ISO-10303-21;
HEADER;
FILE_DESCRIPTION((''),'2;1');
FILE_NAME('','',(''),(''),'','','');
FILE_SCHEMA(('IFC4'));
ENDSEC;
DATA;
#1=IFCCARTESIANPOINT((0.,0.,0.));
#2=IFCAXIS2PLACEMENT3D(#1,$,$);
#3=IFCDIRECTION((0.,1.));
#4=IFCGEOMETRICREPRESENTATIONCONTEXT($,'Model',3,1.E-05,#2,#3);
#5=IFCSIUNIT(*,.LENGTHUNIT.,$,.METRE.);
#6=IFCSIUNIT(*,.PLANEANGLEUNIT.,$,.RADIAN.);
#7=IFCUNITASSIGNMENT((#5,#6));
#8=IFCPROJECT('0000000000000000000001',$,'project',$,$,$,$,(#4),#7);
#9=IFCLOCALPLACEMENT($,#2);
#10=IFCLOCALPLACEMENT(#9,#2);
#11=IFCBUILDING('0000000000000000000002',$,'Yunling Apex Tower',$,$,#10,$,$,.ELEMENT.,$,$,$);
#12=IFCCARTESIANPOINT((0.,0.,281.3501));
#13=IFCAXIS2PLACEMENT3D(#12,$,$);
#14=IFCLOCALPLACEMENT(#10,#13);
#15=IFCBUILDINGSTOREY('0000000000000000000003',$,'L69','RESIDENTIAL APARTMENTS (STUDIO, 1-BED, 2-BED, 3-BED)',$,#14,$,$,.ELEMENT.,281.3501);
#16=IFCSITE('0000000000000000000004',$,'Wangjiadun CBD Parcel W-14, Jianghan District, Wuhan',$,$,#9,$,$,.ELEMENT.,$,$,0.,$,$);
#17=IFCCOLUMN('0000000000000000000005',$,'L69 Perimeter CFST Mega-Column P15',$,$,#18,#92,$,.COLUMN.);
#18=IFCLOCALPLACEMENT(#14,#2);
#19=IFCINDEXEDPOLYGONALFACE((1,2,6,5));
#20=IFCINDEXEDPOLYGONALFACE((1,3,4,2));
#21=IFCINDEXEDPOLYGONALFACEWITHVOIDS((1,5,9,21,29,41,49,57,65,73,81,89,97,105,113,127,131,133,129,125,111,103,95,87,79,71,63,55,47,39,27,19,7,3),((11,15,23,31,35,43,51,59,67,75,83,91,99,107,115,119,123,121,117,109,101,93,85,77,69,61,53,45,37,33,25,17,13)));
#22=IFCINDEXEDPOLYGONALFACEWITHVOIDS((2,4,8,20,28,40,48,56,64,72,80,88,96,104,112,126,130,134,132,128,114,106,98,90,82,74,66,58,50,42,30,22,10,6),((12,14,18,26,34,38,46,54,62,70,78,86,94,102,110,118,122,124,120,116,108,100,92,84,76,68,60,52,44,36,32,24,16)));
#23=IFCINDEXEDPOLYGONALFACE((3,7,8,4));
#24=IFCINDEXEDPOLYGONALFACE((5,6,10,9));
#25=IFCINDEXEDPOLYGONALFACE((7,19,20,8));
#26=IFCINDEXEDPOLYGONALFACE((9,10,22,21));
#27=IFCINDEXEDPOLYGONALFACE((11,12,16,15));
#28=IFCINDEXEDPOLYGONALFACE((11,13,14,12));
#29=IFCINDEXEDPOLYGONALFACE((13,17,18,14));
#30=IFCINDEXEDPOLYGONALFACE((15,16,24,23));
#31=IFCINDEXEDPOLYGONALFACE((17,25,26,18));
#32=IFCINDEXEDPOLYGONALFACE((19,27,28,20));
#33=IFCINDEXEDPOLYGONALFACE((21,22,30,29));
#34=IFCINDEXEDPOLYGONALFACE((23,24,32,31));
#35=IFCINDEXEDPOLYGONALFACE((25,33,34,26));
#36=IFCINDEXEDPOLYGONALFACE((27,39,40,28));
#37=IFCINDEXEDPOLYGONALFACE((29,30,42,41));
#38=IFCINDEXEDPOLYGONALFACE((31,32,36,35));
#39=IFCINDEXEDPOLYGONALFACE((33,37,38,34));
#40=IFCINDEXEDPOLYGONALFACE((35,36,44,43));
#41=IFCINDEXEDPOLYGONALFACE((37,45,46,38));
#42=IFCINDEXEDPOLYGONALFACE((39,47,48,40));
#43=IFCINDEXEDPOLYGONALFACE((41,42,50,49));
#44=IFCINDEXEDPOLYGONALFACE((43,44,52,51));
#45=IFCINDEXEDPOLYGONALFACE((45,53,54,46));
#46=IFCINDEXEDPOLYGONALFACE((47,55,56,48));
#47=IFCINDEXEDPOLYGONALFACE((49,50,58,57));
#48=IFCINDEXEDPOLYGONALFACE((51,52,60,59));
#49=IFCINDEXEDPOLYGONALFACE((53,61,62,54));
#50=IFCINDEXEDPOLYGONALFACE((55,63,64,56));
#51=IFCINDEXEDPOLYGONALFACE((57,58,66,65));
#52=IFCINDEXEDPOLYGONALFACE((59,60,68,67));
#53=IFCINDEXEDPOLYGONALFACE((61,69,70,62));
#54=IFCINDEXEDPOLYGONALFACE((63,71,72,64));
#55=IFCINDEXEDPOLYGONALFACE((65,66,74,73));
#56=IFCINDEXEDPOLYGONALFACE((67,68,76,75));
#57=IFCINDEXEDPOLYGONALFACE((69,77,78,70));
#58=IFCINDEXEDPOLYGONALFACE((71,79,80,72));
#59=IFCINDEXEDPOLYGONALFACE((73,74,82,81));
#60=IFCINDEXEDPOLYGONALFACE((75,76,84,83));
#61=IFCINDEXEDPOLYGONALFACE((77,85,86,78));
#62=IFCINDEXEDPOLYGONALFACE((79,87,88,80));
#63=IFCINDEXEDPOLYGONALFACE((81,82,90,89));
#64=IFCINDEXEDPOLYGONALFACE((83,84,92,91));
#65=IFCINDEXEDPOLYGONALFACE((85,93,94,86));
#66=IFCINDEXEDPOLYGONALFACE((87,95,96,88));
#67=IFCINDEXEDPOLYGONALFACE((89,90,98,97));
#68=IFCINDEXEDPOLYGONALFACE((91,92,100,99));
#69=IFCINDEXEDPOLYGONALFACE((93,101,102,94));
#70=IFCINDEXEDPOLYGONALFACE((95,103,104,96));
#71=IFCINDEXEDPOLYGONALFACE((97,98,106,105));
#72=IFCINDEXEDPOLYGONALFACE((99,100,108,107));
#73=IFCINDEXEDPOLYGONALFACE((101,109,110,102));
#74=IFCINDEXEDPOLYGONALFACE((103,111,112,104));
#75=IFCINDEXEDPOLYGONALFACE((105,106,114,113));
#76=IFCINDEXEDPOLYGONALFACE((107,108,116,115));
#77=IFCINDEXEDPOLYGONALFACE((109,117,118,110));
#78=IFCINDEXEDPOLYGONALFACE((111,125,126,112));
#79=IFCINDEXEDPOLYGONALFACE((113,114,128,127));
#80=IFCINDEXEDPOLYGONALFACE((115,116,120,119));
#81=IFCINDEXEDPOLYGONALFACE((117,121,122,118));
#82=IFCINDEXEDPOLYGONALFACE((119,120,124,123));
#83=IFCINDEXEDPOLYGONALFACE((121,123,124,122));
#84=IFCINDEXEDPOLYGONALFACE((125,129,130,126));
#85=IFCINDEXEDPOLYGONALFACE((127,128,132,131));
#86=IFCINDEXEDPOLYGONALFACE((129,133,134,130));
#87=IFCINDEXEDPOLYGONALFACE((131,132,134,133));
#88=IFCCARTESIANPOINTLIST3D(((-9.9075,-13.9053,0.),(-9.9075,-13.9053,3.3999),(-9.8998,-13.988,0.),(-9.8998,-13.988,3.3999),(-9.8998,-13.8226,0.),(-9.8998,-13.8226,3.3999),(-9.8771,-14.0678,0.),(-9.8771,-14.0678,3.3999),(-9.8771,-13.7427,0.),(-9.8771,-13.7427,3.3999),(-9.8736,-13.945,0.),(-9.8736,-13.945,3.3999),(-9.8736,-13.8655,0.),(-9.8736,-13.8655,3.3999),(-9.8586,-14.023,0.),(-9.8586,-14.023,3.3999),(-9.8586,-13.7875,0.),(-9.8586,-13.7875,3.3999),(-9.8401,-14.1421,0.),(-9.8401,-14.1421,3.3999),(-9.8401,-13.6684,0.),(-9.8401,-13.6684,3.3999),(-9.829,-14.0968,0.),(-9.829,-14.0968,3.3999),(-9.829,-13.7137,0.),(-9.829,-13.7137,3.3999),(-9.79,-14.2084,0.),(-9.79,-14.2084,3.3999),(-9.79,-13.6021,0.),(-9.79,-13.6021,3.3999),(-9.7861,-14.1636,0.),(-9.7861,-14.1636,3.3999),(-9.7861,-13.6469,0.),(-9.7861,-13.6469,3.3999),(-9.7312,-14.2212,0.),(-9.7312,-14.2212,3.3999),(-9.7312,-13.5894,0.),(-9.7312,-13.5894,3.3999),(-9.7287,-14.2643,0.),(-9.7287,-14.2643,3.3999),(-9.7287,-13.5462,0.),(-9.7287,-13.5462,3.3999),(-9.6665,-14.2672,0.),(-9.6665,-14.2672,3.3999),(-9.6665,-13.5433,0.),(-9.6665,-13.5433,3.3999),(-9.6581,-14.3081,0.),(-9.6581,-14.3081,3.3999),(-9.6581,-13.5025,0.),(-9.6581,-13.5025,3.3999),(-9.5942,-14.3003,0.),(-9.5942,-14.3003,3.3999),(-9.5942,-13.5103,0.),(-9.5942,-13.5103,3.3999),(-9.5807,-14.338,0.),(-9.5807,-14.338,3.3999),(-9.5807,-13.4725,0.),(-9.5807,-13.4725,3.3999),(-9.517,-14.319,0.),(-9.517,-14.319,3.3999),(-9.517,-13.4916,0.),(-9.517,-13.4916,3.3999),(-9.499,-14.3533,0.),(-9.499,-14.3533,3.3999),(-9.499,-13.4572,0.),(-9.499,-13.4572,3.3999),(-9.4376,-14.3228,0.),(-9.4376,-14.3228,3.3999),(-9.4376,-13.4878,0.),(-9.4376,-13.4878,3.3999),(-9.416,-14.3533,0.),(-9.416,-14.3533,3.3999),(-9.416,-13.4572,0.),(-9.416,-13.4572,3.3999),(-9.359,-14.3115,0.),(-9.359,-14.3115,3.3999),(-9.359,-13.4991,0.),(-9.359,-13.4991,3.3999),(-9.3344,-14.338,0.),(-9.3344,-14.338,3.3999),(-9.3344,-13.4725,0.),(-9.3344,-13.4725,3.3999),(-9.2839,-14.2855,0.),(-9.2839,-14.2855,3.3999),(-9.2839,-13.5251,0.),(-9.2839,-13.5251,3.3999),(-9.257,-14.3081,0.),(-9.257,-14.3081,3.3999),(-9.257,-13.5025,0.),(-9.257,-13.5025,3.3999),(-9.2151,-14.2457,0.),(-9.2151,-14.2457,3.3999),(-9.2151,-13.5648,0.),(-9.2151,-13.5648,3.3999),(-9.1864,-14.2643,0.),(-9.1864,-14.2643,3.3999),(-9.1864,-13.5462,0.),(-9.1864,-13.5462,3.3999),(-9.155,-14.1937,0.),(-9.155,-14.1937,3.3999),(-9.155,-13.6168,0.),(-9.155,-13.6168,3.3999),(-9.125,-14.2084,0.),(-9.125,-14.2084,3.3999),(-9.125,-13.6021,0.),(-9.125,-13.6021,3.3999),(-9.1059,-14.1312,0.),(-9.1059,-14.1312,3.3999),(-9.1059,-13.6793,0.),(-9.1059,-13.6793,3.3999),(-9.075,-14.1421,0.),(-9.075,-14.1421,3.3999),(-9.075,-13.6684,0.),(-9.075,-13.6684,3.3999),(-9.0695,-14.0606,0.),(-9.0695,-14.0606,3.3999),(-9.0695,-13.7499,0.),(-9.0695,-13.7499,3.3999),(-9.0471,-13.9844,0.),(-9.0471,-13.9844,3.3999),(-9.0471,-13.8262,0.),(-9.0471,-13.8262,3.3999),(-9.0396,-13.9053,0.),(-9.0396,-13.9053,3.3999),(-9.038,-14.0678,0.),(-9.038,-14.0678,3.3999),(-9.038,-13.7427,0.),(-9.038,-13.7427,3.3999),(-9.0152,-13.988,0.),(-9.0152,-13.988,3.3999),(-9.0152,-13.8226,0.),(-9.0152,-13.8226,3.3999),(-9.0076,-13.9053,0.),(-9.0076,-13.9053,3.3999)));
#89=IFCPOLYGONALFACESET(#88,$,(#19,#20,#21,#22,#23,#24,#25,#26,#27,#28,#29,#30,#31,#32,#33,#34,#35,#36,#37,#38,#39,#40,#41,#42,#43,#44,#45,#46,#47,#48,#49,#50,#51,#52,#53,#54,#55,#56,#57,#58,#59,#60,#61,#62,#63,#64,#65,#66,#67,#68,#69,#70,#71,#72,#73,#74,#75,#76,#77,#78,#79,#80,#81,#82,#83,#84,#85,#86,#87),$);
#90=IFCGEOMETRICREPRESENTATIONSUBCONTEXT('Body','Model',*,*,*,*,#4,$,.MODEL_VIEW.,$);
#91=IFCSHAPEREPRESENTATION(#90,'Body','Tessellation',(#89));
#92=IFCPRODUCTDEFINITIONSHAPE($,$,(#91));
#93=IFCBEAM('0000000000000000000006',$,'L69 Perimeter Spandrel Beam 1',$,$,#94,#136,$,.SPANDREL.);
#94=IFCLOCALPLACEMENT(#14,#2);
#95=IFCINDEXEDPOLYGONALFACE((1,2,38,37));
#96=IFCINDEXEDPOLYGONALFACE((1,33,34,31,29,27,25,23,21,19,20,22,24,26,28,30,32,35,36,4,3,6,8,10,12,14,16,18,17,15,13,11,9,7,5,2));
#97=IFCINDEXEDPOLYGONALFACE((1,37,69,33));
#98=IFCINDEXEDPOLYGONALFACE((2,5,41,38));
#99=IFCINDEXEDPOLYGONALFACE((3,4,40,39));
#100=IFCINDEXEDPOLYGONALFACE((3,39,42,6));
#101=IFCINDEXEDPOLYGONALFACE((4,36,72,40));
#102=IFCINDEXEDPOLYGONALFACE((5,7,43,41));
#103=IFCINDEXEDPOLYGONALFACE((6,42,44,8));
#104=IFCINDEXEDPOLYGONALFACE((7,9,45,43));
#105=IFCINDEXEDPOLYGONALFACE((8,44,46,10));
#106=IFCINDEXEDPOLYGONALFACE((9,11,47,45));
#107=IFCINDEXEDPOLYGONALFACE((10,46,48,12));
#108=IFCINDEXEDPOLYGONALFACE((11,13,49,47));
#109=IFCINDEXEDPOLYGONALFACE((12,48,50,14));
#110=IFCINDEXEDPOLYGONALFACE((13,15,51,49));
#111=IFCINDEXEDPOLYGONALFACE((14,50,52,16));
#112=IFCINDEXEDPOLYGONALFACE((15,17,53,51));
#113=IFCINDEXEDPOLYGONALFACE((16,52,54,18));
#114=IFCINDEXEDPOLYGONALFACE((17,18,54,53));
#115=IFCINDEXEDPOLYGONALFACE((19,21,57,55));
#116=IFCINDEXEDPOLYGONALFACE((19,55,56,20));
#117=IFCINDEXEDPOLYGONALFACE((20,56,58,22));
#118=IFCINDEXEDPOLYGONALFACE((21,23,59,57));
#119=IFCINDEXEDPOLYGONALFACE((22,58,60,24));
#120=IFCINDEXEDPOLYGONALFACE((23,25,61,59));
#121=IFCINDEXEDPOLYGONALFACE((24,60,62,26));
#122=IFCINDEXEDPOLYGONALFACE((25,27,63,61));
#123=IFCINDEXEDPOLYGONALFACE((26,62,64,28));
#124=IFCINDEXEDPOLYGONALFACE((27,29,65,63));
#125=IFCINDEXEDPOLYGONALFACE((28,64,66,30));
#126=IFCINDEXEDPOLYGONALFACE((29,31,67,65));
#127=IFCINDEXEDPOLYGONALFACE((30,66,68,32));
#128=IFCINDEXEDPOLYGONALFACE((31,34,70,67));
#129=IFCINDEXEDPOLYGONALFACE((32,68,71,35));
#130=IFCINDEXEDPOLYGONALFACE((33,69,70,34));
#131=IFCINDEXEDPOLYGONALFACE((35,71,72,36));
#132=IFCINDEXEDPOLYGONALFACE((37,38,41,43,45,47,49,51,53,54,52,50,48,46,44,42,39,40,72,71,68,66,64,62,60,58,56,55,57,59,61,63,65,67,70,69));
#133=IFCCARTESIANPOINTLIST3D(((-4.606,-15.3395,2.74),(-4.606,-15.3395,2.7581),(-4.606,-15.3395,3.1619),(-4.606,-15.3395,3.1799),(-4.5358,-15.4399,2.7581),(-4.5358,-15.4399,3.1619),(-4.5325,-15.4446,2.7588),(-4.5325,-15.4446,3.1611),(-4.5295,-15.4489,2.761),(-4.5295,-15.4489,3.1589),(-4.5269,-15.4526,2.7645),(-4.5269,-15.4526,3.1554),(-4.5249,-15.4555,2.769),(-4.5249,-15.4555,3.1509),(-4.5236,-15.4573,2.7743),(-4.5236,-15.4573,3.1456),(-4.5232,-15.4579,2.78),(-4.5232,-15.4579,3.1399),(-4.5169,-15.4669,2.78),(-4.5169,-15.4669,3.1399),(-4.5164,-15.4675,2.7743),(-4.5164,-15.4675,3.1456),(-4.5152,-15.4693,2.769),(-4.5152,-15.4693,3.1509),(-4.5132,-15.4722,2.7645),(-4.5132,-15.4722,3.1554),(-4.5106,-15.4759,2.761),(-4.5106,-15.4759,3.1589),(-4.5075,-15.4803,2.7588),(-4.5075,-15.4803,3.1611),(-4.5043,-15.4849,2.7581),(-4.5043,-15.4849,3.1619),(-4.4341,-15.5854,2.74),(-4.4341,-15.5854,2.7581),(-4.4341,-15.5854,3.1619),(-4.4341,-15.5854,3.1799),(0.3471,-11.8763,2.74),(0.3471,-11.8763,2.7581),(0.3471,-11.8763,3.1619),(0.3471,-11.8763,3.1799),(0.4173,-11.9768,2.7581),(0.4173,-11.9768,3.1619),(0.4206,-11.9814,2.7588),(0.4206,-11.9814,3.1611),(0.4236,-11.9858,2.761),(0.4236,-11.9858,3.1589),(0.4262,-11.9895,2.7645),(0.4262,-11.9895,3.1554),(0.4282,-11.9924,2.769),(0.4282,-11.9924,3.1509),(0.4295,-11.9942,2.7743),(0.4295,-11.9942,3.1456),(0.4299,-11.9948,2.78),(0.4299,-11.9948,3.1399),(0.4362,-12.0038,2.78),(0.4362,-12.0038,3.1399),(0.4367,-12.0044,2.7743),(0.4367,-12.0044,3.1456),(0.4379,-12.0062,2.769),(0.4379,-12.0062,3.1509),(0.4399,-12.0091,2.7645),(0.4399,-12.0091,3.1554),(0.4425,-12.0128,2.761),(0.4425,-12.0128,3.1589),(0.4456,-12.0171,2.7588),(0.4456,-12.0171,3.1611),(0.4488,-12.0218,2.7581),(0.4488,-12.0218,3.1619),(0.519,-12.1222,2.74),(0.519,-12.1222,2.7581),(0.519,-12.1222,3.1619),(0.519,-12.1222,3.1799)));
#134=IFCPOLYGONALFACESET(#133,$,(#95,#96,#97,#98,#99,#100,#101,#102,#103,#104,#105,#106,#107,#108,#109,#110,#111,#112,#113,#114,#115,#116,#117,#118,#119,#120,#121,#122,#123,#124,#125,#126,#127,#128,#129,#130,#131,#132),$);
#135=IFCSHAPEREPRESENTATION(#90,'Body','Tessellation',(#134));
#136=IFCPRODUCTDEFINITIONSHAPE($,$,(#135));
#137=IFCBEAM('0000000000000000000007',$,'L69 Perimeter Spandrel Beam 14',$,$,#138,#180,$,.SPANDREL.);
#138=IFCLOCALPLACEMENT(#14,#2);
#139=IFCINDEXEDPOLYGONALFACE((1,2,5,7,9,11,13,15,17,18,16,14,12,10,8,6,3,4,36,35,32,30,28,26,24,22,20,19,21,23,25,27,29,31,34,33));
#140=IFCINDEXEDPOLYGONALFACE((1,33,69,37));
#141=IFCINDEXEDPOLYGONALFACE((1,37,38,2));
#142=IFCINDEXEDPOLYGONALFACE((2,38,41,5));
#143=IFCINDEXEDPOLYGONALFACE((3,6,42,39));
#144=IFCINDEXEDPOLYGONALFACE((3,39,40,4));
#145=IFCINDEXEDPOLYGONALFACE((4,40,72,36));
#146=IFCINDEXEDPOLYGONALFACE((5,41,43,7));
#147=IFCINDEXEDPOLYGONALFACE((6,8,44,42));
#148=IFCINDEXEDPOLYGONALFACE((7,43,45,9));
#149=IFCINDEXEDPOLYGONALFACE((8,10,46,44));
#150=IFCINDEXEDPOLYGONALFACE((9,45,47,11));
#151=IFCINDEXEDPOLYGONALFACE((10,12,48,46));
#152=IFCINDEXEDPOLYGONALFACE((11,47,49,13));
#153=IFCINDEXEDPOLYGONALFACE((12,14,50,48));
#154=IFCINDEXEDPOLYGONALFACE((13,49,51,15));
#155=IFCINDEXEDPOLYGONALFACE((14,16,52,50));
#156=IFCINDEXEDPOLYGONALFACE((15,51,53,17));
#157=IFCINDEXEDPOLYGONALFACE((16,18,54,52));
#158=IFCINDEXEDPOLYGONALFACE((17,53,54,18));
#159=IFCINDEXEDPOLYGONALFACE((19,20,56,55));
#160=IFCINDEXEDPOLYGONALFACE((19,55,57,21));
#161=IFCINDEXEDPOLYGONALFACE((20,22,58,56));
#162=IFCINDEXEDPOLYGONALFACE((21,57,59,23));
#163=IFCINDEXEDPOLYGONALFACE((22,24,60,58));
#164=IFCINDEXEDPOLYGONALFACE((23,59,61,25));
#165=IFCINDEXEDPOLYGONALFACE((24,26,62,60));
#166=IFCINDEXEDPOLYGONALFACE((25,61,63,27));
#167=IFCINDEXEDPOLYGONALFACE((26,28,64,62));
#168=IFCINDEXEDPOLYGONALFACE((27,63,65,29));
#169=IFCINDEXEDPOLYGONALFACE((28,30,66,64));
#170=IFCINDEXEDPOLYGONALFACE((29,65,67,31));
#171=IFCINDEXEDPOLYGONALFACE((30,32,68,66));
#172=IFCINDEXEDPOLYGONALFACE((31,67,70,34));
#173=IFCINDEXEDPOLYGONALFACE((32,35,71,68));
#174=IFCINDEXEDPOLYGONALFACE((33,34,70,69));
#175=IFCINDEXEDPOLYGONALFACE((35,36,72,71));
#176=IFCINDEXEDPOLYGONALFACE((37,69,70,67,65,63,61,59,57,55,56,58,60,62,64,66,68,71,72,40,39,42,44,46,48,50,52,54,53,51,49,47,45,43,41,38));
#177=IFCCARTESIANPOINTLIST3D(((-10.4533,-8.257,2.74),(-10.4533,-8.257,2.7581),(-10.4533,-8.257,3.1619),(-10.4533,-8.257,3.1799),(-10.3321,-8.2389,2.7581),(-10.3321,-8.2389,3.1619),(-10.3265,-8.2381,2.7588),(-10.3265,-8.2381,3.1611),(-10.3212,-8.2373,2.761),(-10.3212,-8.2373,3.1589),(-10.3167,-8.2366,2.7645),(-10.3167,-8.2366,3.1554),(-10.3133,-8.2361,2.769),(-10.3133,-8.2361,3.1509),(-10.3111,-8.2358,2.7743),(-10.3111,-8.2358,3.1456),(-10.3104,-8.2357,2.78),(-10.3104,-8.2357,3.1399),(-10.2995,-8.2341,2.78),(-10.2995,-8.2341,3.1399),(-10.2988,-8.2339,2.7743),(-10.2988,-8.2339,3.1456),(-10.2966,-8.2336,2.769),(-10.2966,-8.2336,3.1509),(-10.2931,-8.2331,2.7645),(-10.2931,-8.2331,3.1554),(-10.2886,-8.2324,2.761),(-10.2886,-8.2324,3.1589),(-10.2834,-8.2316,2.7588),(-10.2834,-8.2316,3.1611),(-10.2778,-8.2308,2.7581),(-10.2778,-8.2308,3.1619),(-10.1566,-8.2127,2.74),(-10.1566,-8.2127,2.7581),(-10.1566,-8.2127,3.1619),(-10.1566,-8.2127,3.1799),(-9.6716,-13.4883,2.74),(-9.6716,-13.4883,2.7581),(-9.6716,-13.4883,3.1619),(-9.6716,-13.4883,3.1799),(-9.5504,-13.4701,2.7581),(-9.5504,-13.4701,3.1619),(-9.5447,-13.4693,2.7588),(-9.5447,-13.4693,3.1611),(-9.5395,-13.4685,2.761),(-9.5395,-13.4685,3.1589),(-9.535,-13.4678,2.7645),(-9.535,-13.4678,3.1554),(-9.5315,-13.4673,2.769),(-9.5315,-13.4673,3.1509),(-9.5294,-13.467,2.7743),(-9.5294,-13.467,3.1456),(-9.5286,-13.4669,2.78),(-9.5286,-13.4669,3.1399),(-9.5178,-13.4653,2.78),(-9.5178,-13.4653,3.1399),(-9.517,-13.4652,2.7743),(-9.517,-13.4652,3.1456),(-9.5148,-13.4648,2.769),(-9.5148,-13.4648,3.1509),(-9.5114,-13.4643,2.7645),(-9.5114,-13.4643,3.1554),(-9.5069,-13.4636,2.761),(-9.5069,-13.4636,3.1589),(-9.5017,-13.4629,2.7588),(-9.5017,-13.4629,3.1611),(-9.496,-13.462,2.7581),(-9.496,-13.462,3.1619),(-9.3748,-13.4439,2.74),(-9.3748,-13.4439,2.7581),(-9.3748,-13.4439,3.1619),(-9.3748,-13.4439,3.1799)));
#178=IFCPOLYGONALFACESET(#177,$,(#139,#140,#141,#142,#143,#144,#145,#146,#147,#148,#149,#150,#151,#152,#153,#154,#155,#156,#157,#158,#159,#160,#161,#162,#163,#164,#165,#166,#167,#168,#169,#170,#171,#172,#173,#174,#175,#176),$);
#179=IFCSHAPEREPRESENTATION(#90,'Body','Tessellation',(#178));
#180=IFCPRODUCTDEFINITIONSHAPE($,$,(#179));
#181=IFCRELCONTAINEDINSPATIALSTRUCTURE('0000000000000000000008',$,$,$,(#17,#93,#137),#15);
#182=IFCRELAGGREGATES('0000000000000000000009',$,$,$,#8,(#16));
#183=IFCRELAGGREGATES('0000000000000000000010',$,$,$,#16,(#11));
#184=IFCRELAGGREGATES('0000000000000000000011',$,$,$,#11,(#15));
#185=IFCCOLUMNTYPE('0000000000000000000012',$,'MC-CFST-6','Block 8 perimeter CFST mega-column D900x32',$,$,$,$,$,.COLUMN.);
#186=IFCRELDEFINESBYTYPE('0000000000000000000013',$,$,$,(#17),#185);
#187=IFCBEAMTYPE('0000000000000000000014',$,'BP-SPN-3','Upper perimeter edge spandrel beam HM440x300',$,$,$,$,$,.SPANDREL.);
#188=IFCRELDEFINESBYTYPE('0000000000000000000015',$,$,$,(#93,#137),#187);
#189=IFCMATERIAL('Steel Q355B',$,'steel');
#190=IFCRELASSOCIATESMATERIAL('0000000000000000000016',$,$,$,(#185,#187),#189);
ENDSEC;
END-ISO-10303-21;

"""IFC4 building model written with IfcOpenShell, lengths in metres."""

from ifc_helpers import new_model, si_unit, direction, frame, origin, origin_2d, place, context, subcontext, project, spatial, hollow_circle, i_section, extrude, source, transform, mapped, material, material_profile, profile_set, type_object, element, save


model = new_model("IFC4")

# Units and contexts
model_context = context("Model", 3, precision=1e-05, world=origin(), true_north=direction((0.0, 1.0)))
body_context = subcontext(model_context, "Body", "Model", "MODEL_VIEW")
ifc_project = project(units=[si_unit("LENGTHUNIT", "METRE"), si_unit("PLANEANGLEUNIT", "RADIAN")], contexts=[model_context])

# Site, building, storey
site_placement = place(None, origin())
site = spatial("IfcSite", under=ifc_project, at=site_placement, Name="Wangjiadun CBD Parcel W-14, Jianghan District, Wuhan", CompositionType="ELEMENT", RefElevation=0.0)
building_placement = place(site_placement, origin())
building = spatial("IfcBuilding", under=site, at=building_placement, Name="Yunling Apex Tower", CompositionType="ELEMENT")
storey_placement = place(building_placement, frame((0.0, 0.0, 281.3501)))
storey = spatial("IfcBuildingStorey", under=building, at=storey_placement, Name="L69", Description="RESIDENTIAL APARTMENTS (STUDIO, 1-BED, 2-BED, 3-BED)", CompositionType="ELEMENT", Elevation=281.3501)

# Column
ifc_material_1 = material(Name="Steel Q355B", Category="steel")
ifc_material_profile_1 = material_profile(ifc_material_1, hollow_circle(Radius=0.45, WallThickness=0.032, at=origin_2d()))
ifc_profile_set_1 = profile_set([ifc_material_profile_1], Name="Steel Q355B")
column_type = type_object("IfcColumnType", Name="MC-CFST-6", Description="Block 8 perimeter CFST mega-column D900x32", PredefinedType="COLUMN", material=ifc_profile_set_1)
shared_shape_1 = source(origin(), body_context, "Body", "SweptSolid", [
    extrude(hollow_circle(Radius=0.45, WallThickness=0.032, at=origin_2d()), origin(), (0.0, 0.0, 1.0), 3.3999),
])
for number, where, z_axis, x_axis, name in (
    (1, (-9.4575, -13.9053, 0.0), (0.0, 0.0, 1.0), (1.0, 0.0, 0.0), "L69 Perimeter CFST Mega-Column P15"),
):
    element("IfcColumn", number, at=place(storey_placement, frame(where, z_axis=z_axis, x_axis=x_axis)), inside=storey, type_object=column_type, Name=name, PredefinedType="COLUMN", context=body_context, shape_type="MappedRepresentation", body=[
        mapped(shared_shape_1, transform((0.0, 0.0, 0.0), scale=1.0)),
    ])

# Beams
ifc_material_profile_2 = material_profile(ifc_material_1, i_section(OverallWidth=0.3, OverallDepth=0.4399, WebThickness=0.011, FlangeThickness=0.0181, FilletRadius=0.022, at=origin_2d()))
ifc_profile_set_2 = profile_set([ifc_material_profile_2], Name="Steel Q355B")
beam_type_1 = type_object("IfcBeamType", Name="BP-SPN-3", Description="Upper perimeter edge spandrel beam HM440x300", PredefinedType="SPANDREL", material=ifc_profile_set_2)
shared_shape_2 = source(origin(), body_context, "Body", "SweptSolid", [
    extrude(i_section(OverallWidth=0.3, OverallDepth=0.4399, WebThickness=0.011, FlangeThickness=0.0181, FilletRadius=0.022, at=origin_2d()), origin(), (0.0, 0.0, 1.0), 6.0437),
])
beam_1_placement = place(storey_placement, frame((-4.52, -15.4624, 2.96), z_axis=(0.819547, 0.573012, 0.0), x_axis=(-0.573012, 0.819547, 0.0)))
element("IfcBeam", 2, at=beam_1_placement, inside=storey, type_object=beam_type_1, Name="L69 Perimeter Spandrel Beam 1", PredefinedType="SPANDREL", context=body_context, shape_type="MappedRepresentation", body=[
    mapped(shared_shape_2, transform((0.0, 0.0, 0.0), scale=1.0)),
])
shared_shape_3 = source(origin(), body_context, "Body", "SweptSolid", [
    extrude(i_section(OverallWidth=0.3, OverallDepth=0.4399, WebThickness=0.011, FlangeThickness=0.0181, FilletRadius=0.022, at=origin_2d()), origin(), (0.0, 0.0, 1.0), 5.2893),
])
beam_2_placement = place(storey_placement, frame((-10.3049, -8.2349, 2.96), z_axis=(0.147796, -0.989018, 0.0), x_axis=(0.989018, 0.147796, 0.0)))
element("IfcBeam", 3, at=beam_2_placement, inside=storey, type_object=beam_type_1, Name="L69 Perimeter Spandrel Beam 14", PredefinedType="SPANDREL", context=body_context, shape_type="MappedRepresentation", body=[
    mapped(shared_shape_3, transform((0.0, 0.0, 0.0), scale=1.0)),
])

save(model, "model.ifc")
